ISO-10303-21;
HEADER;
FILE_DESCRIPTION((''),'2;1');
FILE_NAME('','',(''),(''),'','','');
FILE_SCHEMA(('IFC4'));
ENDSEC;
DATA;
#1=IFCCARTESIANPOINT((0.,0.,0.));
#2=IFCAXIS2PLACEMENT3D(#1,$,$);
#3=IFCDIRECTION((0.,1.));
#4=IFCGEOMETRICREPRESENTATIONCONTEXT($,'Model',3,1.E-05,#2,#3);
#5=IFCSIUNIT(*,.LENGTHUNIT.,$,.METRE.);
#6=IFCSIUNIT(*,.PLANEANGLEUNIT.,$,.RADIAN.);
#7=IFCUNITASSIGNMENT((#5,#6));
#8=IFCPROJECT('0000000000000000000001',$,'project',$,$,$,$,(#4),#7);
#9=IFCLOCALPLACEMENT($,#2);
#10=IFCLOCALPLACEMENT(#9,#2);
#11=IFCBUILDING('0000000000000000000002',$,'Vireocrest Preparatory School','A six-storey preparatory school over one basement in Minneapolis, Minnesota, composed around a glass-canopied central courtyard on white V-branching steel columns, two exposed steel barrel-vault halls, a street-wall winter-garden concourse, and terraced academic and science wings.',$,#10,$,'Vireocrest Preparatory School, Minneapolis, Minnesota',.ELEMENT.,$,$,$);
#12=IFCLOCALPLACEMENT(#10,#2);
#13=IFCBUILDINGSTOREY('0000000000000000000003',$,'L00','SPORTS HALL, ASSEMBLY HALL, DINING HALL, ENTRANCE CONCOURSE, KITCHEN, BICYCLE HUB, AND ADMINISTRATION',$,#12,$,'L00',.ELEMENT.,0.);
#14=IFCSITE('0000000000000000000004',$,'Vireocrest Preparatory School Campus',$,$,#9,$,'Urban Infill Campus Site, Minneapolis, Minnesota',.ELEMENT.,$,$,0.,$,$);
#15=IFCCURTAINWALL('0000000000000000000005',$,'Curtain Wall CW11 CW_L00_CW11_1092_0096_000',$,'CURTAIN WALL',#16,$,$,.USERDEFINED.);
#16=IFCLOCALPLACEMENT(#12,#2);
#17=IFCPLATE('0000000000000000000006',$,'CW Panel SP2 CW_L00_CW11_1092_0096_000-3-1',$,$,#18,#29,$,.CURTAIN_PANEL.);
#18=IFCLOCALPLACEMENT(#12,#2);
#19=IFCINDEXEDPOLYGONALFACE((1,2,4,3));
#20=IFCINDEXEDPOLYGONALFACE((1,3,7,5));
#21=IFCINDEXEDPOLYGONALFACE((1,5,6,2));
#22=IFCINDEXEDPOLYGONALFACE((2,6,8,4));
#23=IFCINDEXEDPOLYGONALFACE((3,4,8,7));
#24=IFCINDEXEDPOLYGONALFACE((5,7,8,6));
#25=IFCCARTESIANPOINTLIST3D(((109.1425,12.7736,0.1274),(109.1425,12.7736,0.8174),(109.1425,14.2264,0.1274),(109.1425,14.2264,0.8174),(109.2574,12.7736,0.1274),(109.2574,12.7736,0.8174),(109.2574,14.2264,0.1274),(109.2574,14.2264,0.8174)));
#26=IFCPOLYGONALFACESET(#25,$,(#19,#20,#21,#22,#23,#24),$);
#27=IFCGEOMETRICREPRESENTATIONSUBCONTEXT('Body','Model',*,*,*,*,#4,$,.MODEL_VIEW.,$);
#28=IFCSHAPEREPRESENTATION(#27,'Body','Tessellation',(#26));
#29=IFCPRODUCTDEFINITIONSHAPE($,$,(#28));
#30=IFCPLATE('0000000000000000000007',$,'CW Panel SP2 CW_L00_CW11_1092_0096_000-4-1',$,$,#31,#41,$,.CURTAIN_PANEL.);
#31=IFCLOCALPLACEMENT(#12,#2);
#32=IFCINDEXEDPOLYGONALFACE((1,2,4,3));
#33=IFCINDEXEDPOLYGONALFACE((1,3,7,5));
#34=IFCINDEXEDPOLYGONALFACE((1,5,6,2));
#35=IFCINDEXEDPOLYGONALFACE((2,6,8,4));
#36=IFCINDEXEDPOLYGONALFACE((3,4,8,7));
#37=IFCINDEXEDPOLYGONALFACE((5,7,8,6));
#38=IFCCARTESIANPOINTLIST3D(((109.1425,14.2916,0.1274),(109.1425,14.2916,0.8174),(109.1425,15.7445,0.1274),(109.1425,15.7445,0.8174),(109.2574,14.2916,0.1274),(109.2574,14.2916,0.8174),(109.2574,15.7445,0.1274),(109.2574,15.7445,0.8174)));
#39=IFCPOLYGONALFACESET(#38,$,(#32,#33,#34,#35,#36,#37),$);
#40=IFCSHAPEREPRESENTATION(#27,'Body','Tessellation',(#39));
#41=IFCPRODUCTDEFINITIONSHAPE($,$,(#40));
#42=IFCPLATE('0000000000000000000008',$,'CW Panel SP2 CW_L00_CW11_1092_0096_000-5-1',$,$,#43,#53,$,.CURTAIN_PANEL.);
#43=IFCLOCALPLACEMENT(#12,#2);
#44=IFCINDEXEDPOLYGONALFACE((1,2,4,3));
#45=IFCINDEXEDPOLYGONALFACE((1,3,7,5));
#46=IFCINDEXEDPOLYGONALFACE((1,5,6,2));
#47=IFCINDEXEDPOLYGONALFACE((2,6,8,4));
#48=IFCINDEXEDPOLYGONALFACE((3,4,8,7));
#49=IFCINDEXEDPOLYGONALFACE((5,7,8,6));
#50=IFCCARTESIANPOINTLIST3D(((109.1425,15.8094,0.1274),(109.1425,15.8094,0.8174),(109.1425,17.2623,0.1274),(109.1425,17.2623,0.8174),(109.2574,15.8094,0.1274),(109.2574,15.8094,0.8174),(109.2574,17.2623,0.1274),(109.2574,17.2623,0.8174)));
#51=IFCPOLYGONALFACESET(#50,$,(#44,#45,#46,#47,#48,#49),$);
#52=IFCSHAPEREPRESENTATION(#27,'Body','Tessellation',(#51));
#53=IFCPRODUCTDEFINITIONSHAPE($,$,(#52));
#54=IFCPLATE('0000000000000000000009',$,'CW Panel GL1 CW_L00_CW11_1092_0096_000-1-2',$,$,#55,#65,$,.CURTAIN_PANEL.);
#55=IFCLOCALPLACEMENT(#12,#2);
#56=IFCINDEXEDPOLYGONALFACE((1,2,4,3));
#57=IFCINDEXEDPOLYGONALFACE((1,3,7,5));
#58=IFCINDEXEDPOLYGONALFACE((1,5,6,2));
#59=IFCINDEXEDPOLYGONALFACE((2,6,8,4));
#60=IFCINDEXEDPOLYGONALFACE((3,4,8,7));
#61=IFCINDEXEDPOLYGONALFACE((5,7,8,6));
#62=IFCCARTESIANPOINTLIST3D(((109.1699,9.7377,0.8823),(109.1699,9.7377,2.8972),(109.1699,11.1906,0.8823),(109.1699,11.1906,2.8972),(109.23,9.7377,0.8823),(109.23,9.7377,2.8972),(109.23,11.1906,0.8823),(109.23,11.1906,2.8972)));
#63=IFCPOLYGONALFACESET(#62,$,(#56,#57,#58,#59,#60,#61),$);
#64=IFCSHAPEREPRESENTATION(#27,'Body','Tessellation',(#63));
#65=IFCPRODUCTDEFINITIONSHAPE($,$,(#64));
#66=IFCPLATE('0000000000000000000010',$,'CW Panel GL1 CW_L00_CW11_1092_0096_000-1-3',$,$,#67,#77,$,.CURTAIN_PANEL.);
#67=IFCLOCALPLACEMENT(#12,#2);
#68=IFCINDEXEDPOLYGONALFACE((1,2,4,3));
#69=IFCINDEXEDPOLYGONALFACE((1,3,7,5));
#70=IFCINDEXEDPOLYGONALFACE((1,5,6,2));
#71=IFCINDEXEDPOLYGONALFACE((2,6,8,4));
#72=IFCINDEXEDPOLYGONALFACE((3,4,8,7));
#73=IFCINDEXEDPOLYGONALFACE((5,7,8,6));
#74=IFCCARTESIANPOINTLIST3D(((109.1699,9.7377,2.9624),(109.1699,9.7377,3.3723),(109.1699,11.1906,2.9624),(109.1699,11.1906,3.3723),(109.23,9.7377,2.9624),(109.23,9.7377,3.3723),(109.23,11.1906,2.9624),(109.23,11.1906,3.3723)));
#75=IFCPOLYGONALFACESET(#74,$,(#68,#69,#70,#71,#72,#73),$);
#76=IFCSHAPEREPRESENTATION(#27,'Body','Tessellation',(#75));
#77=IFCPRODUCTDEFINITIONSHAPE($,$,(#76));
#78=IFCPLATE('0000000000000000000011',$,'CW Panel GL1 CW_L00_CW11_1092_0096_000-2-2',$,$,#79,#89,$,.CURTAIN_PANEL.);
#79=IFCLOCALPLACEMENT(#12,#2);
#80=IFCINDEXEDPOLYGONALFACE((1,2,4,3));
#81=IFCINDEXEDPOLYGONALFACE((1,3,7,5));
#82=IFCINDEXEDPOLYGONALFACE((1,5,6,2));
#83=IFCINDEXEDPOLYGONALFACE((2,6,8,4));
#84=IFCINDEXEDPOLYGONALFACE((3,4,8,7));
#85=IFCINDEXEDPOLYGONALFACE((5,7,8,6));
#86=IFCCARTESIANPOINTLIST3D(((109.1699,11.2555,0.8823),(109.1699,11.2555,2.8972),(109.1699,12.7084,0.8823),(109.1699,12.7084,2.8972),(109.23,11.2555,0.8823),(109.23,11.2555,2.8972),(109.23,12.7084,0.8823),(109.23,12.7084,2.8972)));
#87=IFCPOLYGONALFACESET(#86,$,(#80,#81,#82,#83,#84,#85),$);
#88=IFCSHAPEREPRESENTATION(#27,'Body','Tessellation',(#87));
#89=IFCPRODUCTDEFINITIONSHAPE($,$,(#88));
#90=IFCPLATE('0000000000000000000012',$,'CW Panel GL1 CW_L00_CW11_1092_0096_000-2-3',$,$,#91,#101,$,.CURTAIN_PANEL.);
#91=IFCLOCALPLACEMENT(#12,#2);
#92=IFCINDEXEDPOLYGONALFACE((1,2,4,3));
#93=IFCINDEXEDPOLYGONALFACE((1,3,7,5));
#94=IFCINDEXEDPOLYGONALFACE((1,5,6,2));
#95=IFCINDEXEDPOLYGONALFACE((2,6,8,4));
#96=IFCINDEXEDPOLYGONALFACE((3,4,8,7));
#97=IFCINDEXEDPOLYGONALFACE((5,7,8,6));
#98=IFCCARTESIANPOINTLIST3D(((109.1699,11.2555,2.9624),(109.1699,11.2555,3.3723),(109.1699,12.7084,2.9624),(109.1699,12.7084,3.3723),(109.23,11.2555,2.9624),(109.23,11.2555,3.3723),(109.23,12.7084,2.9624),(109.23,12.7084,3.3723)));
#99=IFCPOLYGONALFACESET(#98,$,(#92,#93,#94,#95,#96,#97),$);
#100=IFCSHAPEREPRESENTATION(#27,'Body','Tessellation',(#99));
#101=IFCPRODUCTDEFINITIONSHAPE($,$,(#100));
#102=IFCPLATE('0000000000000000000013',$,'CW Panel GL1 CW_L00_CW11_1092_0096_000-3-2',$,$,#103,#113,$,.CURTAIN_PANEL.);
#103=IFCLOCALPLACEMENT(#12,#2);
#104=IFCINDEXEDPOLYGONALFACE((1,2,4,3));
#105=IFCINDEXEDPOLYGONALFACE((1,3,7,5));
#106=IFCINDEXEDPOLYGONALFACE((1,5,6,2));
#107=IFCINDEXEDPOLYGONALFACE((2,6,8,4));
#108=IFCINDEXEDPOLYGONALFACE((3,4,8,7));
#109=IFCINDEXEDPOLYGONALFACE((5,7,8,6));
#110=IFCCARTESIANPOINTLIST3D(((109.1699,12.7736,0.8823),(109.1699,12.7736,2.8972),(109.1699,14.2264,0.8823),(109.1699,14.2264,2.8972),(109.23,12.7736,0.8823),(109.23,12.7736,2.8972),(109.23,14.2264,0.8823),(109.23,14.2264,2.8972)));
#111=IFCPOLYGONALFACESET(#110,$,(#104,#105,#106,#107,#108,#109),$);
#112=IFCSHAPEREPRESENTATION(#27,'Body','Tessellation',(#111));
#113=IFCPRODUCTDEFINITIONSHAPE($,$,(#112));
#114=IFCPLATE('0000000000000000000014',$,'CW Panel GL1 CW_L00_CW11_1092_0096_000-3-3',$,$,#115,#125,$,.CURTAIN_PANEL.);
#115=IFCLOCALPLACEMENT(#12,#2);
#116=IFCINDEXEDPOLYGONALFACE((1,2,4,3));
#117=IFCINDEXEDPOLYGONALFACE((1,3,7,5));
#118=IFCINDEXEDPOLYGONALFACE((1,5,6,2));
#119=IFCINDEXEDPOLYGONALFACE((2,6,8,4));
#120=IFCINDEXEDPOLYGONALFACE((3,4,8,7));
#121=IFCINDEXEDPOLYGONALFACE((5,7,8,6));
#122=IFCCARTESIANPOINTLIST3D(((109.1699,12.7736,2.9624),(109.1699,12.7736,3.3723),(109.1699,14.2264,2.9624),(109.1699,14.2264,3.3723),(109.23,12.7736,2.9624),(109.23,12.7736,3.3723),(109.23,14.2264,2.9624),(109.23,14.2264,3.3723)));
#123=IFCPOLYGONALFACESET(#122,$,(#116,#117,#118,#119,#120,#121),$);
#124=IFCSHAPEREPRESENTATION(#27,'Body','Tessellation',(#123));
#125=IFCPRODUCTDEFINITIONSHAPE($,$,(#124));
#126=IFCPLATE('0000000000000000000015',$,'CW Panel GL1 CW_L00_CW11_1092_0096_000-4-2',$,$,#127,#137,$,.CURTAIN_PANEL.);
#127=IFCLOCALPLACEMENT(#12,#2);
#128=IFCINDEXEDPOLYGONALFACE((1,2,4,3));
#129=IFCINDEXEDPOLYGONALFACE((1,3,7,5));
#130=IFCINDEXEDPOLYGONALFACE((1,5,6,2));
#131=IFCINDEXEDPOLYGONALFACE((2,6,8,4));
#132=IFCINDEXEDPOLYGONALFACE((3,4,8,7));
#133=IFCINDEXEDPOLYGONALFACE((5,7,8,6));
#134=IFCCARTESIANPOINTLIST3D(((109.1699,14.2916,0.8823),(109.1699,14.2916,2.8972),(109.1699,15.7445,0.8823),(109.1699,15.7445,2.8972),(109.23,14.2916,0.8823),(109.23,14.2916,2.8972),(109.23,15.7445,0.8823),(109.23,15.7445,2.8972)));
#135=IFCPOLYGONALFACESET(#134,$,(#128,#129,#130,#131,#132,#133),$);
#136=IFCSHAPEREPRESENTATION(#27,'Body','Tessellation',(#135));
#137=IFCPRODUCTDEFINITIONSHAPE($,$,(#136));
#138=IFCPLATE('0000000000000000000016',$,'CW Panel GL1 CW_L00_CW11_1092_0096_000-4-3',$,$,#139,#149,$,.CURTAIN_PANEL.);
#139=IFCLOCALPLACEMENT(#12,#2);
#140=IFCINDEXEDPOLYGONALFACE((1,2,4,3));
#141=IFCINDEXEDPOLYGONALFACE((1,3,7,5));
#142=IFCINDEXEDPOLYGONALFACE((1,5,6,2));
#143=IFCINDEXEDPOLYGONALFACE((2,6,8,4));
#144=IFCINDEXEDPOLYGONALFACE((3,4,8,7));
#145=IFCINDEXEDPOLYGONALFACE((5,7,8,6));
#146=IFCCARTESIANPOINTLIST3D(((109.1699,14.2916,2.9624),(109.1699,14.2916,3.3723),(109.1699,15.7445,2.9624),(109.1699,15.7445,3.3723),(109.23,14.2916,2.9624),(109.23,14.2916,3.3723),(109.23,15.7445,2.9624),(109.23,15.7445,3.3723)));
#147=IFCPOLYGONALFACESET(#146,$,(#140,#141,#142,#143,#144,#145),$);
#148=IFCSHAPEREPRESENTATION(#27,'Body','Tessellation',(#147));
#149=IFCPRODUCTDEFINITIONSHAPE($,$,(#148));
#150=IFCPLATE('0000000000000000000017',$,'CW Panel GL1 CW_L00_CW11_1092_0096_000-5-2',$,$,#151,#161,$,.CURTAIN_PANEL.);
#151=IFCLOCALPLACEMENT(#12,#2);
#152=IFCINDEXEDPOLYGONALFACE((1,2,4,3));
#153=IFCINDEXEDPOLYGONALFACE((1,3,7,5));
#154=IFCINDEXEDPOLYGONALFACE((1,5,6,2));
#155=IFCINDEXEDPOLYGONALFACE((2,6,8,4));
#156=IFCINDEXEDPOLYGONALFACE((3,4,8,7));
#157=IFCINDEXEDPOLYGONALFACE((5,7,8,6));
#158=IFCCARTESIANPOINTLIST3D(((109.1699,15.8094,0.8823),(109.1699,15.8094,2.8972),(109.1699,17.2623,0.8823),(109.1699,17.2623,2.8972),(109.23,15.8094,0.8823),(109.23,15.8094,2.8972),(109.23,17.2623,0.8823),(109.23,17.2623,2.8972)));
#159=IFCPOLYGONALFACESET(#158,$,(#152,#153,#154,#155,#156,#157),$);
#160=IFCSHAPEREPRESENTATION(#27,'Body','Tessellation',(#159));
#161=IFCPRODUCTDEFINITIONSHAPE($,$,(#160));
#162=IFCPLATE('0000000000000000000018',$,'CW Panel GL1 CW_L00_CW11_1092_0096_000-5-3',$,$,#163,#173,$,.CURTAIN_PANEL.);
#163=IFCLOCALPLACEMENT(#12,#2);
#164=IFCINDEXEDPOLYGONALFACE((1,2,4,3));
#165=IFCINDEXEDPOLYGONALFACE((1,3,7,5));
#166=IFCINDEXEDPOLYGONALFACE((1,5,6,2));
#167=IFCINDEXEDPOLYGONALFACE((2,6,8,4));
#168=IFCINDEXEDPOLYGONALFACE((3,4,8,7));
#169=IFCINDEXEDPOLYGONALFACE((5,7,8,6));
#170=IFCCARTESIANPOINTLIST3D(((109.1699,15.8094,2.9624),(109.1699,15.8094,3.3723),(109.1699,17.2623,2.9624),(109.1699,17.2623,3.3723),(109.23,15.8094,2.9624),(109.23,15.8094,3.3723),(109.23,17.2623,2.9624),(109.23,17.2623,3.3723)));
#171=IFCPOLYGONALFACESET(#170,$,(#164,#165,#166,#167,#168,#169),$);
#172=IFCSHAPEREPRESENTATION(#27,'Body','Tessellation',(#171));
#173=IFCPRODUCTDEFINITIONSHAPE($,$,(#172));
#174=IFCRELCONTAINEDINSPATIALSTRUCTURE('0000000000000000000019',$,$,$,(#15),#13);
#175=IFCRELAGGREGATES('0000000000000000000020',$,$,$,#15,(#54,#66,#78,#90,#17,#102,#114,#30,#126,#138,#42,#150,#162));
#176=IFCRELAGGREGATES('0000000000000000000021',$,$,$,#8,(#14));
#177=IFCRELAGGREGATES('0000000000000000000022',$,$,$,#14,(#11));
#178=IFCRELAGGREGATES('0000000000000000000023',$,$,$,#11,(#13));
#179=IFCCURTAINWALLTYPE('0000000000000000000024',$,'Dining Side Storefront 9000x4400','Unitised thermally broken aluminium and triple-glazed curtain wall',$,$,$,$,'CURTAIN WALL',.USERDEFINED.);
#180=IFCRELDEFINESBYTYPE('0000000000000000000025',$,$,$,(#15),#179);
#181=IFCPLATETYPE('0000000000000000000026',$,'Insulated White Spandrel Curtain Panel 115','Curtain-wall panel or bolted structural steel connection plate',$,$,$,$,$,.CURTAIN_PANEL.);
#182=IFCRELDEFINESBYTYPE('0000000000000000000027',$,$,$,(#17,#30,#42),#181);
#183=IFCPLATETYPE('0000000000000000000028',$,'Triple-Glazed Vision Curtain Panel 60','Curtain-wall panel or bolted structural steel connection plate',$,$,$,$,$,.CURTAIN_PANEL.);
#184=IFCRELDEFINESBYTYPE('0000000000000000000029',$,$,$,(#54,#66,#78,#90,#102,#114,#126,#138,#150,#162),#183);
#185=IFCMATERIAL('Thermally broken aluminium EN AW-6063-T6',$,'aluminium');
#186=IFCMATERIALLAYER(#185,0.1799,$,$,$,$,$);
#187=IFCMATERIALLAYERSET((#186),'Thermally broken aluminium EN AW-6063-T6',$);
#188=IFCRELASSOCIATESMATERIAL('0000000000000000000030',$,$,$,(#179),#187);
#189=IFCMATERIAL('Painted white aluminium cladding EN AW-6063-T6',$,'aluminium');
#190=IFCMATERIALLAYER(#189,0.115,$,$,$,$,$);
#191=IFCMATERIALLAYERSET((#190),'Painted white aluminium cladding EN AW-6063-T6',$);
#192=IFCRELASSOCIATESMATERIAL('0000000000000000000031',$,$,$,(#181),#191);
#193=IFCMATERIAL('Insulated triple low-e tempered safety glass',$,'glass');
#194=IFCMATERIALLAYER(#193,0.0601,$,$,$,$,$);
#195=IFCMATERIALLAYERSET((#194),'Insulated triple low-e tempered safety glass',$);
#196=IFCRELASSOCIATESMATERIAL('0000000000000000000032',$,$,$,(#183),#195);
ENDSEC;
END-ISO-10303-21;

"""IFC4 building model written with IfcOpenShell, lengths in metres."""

from ifc_helpers import new_model, si_unit, direction, frame, origin, origin_2d, place, context, subcontext, project, spatial, rectangle, extrude, material, layer, layer_set, type_object, element, aggregate, save


model = new_model("IFC4")

# Units and contexts
model_context = context("Model", 3, precision=1e-05, world=origin(), true_north=direction((0.0, 1.0)))
body_context = subcontext(model_context, "Body", "Model", "MODEL_VIEW")
ifc_project = project(units=[si_unit("LENGTHUNIT", "METRE"), si_unit("PLANEANGLEUNIT", "RADIAN")], contexts=[model_context])

# Site, building, storey
site_placement = place(None, origin())
site = spatial("IfcSite", under=ifc_project, at=site_placement, Name="Vireocrest Preparatory School Campus", LongName="Urban Infill Campus Site, Minneapolis, Minnesota", CompositionType="ELEMENT", RefElevation=0.0)
building_placement = place(site_placement, origin())
building = spatial("IfcBuilding", under=site, at=building_placement, Name="Vireocrest Preparatory School", Description="A six-storey preparatory school over one basement in Minneapolis, Minnesota, composed around a glass-canopied central courtyard on white V-branching steel columns, two exposed steel barrel-vault halls, a street-wall winter-garden concourse, and terraced academic and science wings.", LongName="Vireocrest Preparatory School, Minneapolis, Minnesota", CompositionType="ELEMENT")
storey_placement = place(building_placement, origin())
storey = spatial("IfcBuildingStorey", under=building, at=storey_placement, Name="L00", Description="SPORTS HALL, ASSEMBLY HALL, DINING HALL, ENTRANCE CONCOURSE, KITCHEN, BICYCLE HUB, AND ADMINISTRATION", LongName="L00", CompositionType="ELEMENT", Elevation=0.0)

# Curtain wall, plates
ifc_material_1 = material(Name="Thermally broken aluminium EN AW-6063-T6", Category="aluminium")
ifc_layer_1 = layer(ifc_material_1, 0.1799)
ifc_layer_set_1 = layer_set([ifc_layer_1], Name="Thermally broken aluminium EN AW-6063-T6")
curtain_wall_type = type_object("IfcCurtainWallType", Name="Dining Side Storefront 9000x4400", Description="Unitised thermally broken aluminium and triple-glazed curtain wall", ElementType="CURTAIN WALL", PredefinedType="USERDEFINED", material=ifc_layer_set_1)
curtain_wall_placement = place(storey_placement, origin())
curtain_wall = element("IfcCurtainWall", 1, at=curtain_wall_placement, inside=storey, type_object=curtain_wall_type, Name="Curtain Wall CW11 CW_L00_CW11_1092_0096_000", ObjectType="CURTAIN WALL", PredefinedType="USERDEFINED")
ifc_material_2 = material(Name="Painted white aluminium cladding EN AW-6063-T6", Category="aluminium")
ifc_layer_2 = layer(ifc_material_2, 0.115)
ifc_layer_set_2 = layer_set([ifc_layer_2], Name="Painted white aluminium cladding EN AW-6063-T6")
plate_type_1 = type_object("IfcPlateType", Name="Insulated White Spandrel Curtain Panel 115", Description="Curtain-wall panel or bolted structural steel connection plate", PredefinedType="CURTAIN_PANEL", material=ifc_layer_set_2)
plate_1_placement = place(storey_placement, frame((109.2, 13.5, 0.1274), z_axis=(0.0, 0.0, 1.0), x_axis=(0.0, 1.0, 0.0)))
plate_1 = element("IfcPlate", 2, at=plate_1_placement, type_object=plate_type_1, Name="CW Panel SP2 CW_L00_CW11_1092_0096_000-3-1", PredefinedType="CURTAIN_PANEL", context=body_context, shape_type="SweptSolid", body=[
    extrude(rectangle(XDim=1.4529, YDim=0.115, at=origin_2d()), origin(), (0.0, 0.0, 1.0), 0.6899),
])
plate_2_placement = place(storey_placement, frame((109.2, 15.0181, 0.1274), z_axis=(0.0, 0.0, 1.0), x_axis=(0.0, 1.0, 0.0)))
plate_2 = element("IfcPlate", 3, at=plate_2_placement, type_object=plate_type_1, Name="CW Panel SP2 CW_L00_CW11_1092_0096_000-4-1", PredefinedType="CURTAIN_PANEL", context=body_context, shape_type="SweptSolid", body=[
    extrude(rectangle(XDim=1.4529, YDim=0.115, at=origin_2d()), origin(), (0.0, 0.0, 1.0), 0.6899),
])
plate_3_placement = place(storey_placement, frame((109.2, 16.5359, 0.1274), z_axis=(0.0, 0.0, 1.0), x_axis=(0.0, 1.0, 0.0)))
plate_3 = element("IfcPlate", 4, at=plate_3_placement, type_object=plate_type_1, Name="CW Panel SP2 CW_L00_CW11_1092_0096_000-5-1", PredefinedType="CURTAIN_PANEL", context=body_context, shape_type="SweptSolid", body=[
    extrude(rectangle(XDim=1.4529, YDim=0.115, at=origin_2d()), origin(), (0.0, 0.0, 1.0), 0.6899),
])
ifc_material_3 = material(Name="Insulated triple low-e tempered safety glass", Category="glass")
ifc_layer_3 = layer(ifc_material_3, 0.0601)
ifc_layer_set_3 = layer_set([ifc_layer_3], Name="Insulated triple low-e tempered safety glass")
plate_type_2 = type_object("IfcPlateType", Name="Triple-Glazed Vision Curtain Panel 60", Description="Curtain-wall panel or bolted structural steel connection plate", PredefinedType="CURTAIN_PANEL", material=ifc_layer_set_3)
plate_4_placement = place(storey_placement, frame((109.2, 10.4641, 0.8823), z_axis=(0.0, 0.0, 1.0), x_axis=(0.0, 1.0, 0.0)))
plate_4 = element("IfcPlate", 5, at=plate_4_placement, type_object=plate_type_2, Name="CW Panel GL1 CW_L00_CW11_1092_0096_000-1-2", PredefinedType="CURTAIN_PANEL", context=body_context, shape_type="SweptSolid", body=[
    extrude(rectangle(XDim=1.4529, YDim=0.0601, at=origin_2d()), origin(), (0.0, 0.0, 1.0), 2.0149),
])
plate_5_placement = place(storey_placement, frame((109.2, 10.4641, 2.9624), z_axis=(0.0, 0.0, 1.0), x_axis=(0.0, 1.0, 0.0)))
plate_5 = element("IfcPlate", 6, at=plate_5_placement, type_object=plate_type_2, Name="CW Panel GL1 CW_L00_CW11_1092_0096_000-1-3", PredefinedType="CURTAIN_PANEL", context=body_context, shape_type="SweptSolid", body=[
    extrude(rectangle(XDim=1.4529, YDim=0.0601, at=origin_2d()), origin(), (0.0, 0.0, 1.0), 0.4099),
])
plate_6_placement = place(storey_placement, frame((109.2, 11.9819, 0.8823), z_axis=(0.0, 0.0, 1.0), x_axis=(0.0, 1.0, 0.0)))
plate_6 = element("IfcPlate", 7, at=plate_6_placement, type_object=plate_type_2, Name="CW Panel GL1 CW_L00_CW11_1092_0096_000-2-2", PredefinedType="CURTAIN_PANEL", context=body_context, shape_type="SweptSolid", body=[
    extrude(rectangle(XDim=1.4529, YDim=0.0601, at=origin_2d()), origin(), (0.0, 0.0, 1.0), 2.0149),
])
plate_7_placement = place(storey_placement, frame((109.2, 11.9819, 2.9624), z_axis=(0.0, 0.0, 1.0), x_axis=(0.0, 1.0, 0.0)))
plate_7 = element("IfcPlate", 8, at=plate_7_placement, type_object=plate_type_2, Name="CW Panel GL1 CW_L00_CW11_1092_0096_000-2-3", PredefinedType="CURTAIN_PANEL", context=body_context, shape_type="SweptSolid", body=[
    extrude(rectangle(XDim=1.4529, YDim=0.0601, at=origin_2d()), origin(), (0.0, 0.0, 1.0), 0.4099),
])
plate_8_placement = place(storey_placement, frame((109.2, 13.5, 0.8823), z_axis=(0.0, 0.0, 1.0), x_axis=(0.0, 1.0, 0.0)))
plate_8 = element("IfcPlate", 9, at=plate_8_placement, type_object=plate_type_2, Name="CW Panel GL1 CW_L00_CW11_1092_0096_000-3-2", PredefinedType="CURTAIN_PANEL", context=body_context, shape_type="SweptSolid", body=[
    extrude(rectangle(XDim=1.4529, YDim=0.0601, at=origin_2d()), origin(), (0.0, 0.0, 1.0), 2.0149),
])
plate_9_placement = place(storey_placement, frame((109.2, 13.5, 2.9624), z_axis=(0.0, 0.0, 1.0), x_axis=(0.0, 1.0, 0.0)))
plate_9 = element("IfcPlate", 10, at=plate_9_placement, type_object=plate_type_2, Name="CW Panel GL1 CW_L00_CW11_1092_0096_000-3-3", PredefinedType="CURTAIN_PANEL", context=body_context, shape_type="SweptSolid", body=[
    extrude(rectangle(XDim=1.4529, YDim=0.0601, at=origin_2d()), origin(), (0.0, 0.0, 1.0), 0.4099),
])
plate_10_placement = place(storey_placement, frame((109.2, 15.0181, 0.8823), z_axis=(0.0, 0.0, 1.0), x_axis=(0.0, 1.0, 0.0)))
plate_10 = element("IfcPlate", 11, at=plate_10_placement, type_object=plate_type_2, Name="CW Panel GL1 CW_L00_CW11_1092_0096_000-4-2", PredefinedType="CURTAIN_PANEL", context=body_context, shape_type="SweptSolid", body=[
    extrude(rectangle(XDim=1.4529, YDim=0.0601, at=origin_2d()), origin(), (0.0, 0.0, 1.0), 2.0149),
])
plate_11_placement = place(storey_placement, frame((109.2, 15.0181, 2.9624), z_axis=(0.0, 0.0, 1.0), x_axis=(0.0, 1.0, 0.0)))
plate_11 = element("IfcPlate", 12, at=plate_11_placement, type_object=plate_type_2, Name="CW Panel GL1 CW_L00_CW11_1092_0096_000-4-3", PredefinedType="CURTAIN_PANEL", context=body_context, shape_type="SweptSolid", body=[
    extrude(rectangle(XDim=1.4529, YDim=0.0601, at=origin_2d()), origin(), (0.0, 0.0, 1.0), 0.4099),
])
plate_12_placement = place(storey_placement, frame((109.2, 16.5359, 0.8823), z_axis=(0.0, 0.0, 1.0), x_axis=(0.0, 1.0, 0.0)))
plate_12 = element("IfcPlate", 13, at=plate_12_placement, type_object=plate_type_2, Name="CW Panel GL1 CW_L00_CW11_1092_0096_000-5-2", PredefinedType="CURTAIN_PANEL", context=body_context, shape_type="SweptSolid", body=[
    extrude(rectangle(XDim=1.4529, YDim=0.0601, at=origin_2d()), origin(), (0.0, 0.0, 1.0), 2.0149),
])
plate_13_placement = place(storey_placement, frame((109.2, 16.5359, 2.9624), z_axis=(0.0, 0.0, 1.0), x_axis=(0.0, 1.0, 0.0)))
plate_13 = element("IfcPlate", 14, at=plate_13_placement, type_object=plate_type_2, Name="CW Panel GL1 CW_L00_CW11_1092_0096_000-5-3", PredefinedType="CURTAIN_PANEL", context=body_context, shape_type="SweptSolid", body=[
    extrude(rectangle(XDim=1.4529, YDim=0.0601, at=origin_2d()), origin(), (0.0, 0.0, 1.0), 0.4099),
])
aggregate(curtain_wall, [plate_4, plate_5, plate_6, plate_7, plate_1, plate_8, plate_9, plate_2, plate_10, plate_11, plate_3, plate_12, plate_13])

save(model, "model.ifc")
